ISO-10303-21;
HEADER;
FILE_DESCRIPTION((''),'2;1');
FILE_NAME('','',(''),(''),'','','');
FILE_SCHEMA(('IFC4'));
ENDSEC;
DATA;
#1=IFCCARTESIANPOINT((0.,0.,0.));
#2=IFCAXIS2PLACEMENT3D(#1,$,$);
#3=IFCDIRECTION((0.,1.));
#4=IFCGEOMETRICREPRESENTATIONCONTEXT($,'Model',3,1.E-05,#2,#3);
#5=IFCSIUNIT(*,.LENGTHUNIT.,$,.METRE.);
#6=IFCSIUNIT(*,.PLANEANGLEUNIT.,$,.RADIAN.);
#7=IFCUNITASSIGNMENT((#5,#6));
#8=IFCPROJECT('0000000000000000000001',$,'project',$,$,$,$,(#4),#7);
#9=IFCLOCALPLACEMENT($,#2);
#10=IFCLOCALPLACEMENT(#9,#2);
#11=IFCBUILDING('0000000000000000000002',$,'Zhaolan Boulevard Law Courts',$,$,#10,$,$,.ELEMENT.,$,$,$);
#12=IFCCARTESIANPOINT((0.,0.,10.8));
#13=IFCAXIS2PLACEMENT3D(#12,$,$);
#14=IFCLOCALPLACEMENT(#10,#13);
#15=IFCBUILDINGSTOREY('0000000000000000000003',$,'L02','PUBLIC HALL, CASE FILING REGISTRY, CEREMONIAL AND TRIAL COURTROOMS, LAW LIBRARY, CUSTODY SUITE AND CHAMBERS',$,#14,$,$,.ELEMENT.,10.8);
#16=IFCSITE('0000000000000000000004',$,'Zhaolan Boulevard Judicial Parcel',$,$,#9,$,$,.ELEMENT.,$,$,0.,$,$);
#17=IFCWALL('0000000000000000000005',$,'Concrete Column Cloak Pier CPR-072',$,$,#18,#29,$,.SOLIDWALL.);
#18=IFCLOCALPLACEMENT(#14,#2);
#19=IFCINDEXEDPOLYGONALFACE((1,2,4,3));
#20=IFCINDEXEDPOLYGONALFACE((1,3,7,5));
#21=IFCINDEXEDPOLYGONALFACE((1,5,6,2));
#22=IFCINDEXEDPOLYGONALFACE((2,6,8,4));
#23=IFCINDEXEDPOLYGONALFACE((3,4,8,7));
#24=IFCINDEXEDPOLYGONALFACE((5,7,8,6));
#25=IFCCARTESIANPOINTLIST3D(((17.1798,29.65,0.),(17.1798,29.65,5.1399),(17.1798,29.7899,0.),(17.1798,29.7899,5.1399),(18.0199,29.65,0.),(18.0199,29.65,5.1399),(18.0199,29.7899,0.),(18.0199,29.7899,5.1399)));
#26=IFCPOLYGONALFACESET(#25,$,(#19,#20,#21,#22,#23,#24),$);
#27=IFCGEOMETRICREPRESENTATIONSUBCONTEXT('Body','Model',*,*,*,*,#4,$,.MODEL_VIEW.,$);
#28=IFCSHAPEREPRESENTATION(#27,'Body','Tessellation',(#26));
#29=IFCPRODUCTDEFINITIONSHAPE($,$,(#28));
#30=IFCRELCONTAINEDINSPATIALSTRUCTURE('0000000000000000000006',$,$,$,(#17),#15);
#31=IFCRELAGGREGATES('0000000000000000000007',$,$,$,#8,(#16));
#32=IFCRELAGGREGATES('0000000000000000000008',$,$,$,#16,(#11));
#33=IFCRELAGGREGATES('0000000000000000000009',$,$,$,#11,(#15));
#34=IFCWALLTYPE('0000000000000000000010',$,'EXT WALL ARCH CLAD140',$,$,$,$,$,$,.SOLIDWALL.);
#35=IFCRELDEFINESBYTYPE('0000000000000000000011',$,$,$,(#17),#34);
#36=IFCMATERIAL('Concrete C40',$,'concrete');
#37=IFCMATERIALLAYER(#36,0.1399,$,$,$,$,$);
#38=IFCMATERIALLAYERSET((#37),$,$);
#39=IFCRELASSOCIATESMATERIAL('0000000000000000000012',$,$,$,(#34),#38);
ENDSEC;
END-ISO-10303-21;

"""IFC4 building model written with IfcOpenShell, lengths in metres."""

from ifc_helpers import new_model, si_unit, direction, frame, frame_2d, origin, place, context, subcontext, project, spatial, rectangle, extrude, material, layer, layer_set, type_object, element, save


model = new_model("IFC4")

# Units and contexts
model_context = context("Model", 3, precision=1e-05, world=origin(), true_north=direction((0.0, 1.0)))
body_context = subcontext(model_context, "Body", "Model", "MODEL_VIEW")
ifc_project = project(units=[si_unit("LENGTHUNIT", "METRE"), si_unit("PLANEANGLEUNIT", "RADIAN")], contexts=[model_context])

# Site, building, storey
site_placement = place(None, origin())
site = spatial("IfcSite", under=ifc_project, at=site_placement, Name="Zhaolan Boulevard Judicial Parcel", CompositionType="ELEMENT", RefElevation=0.0)
building_placement = place(site_placement, origin())
building = spatial("IfcBuilding", under=site, at=building_placement, Name="Zhaolan Boulevard Law Courts", CompositionType="ELEMENT")
storey_placement = place(building_placement, frame((0.0, 0.0, 10.8)))
storey = spatial("IfcBuildingStorey", under=building, at=storey_placement, Name="L02", Description="PUBLIC HALL, CASE FILING REGISTRY, CEREMONIAL AND TRIAL COURTROOMS, LAW LIBRARY, CUSTODY SUITE AND CHAMBERS", CompositionType="ELEMENT", Elevation=10.8)

# Wall
ifc_material_1 = material(Name="Concrete C40", Category="concrete")
ifc_layer_1 = layer(ifc_material_1, 0.1399)
ifc_layer_set_1 = layer_set([ifc_layer_1])
wall_type = type_object("IfcWallType", Name="EXT WALL ARCH CLAD140", PredefinedType="SOLIDWALL", material=ifc_layer_set_1)
for number, where, z_axis, x_axis, name in (
    (1, (17.1799, 29.72, 0.0), (0.0, 0.0, 1.0), (1.0, 0.0, 0.0), "Concrete Column Cloak Pier CPR-072"),
):
    element("IfcWall", number, at=place(storey_placement, frame(where, z_axis=z_axis, x_axis=x_axis)), inside=storey, type_object=wall_type, Name=name, PredefinedType="SOLIDWALL", context=body_context, shape_type="SweptSolid", body=[
        extrude(rectangle(XDim=0.8401, YDim=0.1399, at=frame_2d((0.4199, 0.0))), origin(), (0.0, 0.0, 1.0), 5.1399),
    ])

save(model, "model.ifc")
